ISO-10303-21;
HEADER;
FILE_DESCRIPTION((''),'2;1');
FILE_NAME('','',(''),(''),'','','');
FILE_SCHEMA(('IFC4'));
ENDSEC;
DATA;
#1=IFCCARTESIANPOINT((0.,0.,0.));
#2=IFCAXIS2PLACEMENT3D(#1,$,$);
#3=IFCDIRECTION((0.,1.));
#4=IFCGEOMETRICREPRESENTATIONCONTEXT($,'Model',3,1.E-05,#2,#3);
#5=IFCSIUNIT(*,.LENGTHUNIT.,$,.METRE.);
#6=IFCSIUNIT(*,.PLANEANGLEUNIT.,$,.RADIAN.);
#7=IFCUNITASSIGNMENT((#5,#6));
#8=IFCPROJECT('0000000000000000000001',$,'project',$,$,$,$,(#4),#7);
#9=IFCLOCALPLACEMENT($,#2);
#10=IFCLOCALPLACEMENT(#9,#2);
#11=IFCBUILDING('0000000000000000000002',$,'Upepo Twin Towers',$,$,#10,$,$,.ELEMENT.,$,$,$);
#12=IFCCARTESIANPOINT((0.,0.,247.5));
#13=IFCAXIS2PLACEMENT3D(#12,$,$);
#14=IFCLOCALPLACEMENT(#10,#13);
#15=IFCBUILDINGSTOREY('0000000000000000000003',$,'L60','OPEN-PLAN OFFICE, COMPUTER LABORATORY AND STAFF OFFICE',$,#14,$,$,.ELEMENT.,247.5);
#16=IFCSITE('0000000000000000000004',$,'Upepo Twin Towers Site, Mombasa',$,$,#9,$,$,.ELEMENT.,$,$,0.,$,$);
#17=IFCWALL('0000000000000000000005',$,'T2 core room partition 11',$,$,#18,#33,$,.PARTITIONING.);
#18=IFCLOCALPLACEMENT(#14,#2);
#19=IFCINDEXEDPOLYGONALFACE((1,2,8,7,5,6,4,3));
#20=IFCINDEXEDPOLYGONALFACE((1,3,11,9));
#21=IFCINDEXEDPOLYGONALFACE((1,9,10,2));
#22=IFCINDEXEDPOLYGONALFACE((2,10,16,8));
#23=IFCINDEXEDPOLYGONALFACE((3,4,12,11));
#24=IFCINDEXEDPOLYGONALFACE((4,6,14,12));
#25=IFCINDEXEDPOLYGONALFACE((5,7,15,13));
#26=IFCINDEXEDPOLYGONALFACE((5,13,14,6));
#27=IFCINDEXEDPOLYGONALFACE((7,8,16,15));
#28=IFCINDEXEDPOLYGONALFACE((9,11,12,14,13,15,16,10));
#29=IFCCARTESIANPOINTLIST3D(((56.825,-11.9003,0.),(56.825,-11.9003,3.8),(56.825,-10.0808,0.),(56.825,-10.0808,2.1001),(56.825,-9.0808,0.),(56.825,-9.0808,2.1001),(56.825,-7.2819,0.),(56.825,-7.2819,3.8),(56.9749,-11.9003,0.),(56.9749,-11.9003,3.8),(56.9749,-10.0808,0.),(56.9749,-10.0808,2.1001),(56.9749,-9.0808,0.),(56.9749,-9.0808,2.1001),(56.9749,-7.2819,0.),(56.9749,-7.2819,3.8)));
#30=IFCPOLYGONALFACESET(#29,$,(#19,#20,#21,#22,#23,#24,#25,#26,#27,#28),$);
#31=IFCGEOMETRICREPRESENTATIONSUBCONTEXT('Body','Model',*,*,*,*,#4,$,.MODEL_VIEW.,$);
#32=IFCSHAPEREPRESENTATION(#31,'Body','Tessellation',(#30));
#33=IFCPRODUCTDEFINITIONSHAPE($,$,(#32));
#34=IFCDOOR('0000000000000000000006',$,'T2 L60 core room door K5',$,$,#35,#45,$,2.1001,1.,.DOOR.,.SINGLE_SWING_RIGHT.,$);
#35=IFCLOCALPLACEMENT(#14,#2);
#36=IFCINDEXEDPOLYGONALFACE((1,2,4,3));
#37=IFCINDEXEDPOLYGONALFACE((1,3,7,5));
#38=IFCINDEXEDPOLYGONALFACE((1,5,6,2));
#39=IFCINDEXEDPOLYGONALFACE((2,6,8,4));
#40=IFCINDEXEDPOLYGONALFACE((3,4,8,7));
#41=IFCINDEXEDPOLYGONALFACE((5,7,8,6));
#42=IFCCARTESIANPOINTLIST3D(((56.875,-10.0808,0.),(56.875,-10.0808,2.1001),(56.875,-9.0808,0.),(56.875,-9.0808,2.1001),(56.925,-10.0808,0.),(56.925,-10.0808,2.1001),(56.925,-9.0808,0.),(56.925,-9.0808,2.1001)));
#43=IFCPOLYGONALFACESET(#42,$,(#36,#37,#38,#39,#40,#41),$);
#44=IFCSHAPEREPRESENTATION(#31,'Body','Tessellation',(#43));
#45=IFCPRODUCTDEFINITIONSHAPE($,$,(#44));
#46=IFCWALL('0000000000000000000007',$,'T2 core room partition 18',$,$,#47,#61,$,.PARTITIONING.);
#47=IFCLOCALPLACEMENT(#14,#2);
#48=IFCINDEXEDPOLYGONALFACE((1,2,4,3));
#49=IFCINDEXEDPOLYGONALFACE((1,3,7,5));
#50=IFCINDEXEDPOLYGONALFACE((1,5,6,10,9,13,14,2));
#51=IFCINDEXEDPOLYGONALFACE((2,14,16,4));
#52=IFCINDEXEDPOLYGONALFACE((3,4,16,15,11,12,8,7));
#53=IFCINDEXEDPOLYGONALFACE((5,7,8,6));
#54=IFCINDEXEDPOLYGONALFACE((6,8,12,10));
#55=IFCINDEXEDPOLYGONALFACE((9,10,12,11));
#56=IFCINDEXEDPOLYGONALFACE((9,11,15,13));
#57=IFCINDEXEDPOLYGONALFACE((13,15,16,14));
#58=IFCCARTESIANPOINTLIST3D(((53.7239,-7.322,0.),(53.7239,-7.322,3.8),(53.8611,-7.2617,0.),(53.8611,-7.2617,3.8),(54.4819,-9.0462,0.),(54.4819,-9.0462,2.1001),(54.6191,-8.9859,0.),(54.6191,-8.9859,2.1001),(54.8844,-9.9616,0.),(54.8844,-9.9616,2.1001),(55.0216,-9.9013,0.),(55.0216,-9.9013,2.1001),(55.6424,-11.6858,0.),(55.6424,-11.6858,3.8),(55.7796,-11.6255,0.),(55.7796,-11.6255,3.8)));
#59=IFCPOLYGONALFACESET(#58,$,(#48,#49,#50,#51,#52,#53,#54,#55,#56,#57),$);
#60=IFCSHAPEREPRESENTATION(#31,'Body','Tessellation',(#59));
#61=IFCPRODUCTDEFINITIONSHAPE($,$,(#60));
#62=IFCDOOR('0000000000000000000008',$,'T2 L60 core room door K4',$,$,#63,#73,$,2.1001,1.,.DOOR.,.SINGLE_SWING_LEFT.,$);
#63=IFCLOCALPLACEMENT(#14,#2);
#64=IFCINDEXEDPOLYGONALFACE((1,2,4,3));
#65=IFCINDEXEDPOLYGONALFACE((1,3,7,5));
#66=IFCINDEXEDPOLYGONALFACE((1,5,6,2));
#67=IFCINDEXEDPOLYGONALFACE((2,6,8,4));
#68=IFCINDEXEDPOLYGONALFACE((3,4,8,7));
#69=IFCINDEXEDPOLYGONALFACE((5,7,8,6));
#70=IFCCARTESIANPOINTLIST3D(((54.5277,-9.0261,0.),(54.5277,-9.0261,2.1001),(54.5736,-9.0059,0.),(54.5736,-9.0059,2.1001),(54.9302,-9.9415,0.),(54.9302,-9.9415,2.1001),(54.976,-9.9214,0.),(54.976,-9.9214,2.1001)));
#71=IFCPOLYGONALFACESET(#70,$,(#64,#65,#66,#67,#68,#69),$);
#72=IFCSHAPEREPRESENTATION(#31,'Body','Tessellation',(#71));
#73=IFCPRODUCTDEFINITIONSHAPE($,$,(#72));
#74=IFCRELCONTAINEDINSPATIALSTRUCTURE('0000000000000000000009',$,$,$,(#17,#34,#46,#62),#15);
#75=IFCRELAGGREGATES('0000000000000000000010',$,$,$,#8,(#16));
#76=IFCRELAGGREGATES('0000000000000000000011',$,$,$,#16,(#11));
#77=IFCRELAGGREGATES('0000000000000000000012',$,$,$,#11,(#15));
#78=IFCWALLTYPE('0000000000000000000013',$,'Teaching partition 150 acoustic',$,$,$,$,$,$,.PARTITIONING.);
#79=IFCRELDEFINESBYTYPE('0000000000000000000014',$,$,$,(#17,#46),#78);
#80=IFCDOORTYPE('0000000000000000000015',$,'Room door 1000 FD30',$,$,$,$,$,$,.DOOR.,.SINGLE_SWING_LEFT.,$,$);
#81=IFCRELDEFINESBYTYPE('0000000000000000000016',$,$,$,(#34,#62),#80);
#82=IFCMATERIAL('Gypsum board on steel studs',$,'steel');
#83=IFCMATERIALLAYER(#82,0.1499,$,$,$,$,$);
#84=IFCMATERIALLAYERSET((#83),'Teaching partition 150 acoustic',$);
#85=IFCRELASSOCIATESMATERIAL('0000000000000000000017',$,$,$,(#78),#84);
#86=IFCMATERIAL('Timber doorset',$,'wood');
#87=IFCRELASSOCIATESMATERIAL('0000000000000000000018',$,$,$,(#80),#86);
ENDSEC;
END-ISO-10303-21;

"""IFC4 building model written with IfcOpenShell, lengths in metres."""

from ifc_helpers import new_model, si_unit, direction, frame, frame_2d, origin, place, context, subcontext, project, spatial, rectangle, extrude, material, layer, layer_set, type_object, element, fill, save


model = new_model("IFC4")

# Units and contexts
model_context = context("Model", 3, precision=1e-05, world=origin(), true_north=direction((0.0, 1.0)))
body_context = subcontext(model_context, "Body", "Model", "MODEL_VIEW")
ifc_project = project(units=[si_unit("LENGTHUNIT", "METRE"), si_unit("PLANEANGLEUNIT", "RADIAN")], contexts=[model_context])

# Site, building, storey
site_placement = place(None, origin())
site = spatial("IfcSite", under=ifc_project, at=site_placement, Name="Upepo Twin Towers Site, Mombasa", CompositionType="ELEMENT", RefElevation=0.0)
building_placement = place(site_placement, origin())
building = spatial("IfcBuilding", under=site, at=building_placement, Name="Upepo Twin Towers", CompositionType="ELEMENT")
storey_placement = place(building_placement, frame((0.0, 0.0, 247.5)))
storey = spatial("IfcBuildingStorey", under=building, at=storey_placement, Name="L60", Description="OPEN-PLAN OFFICE, COMPUTER LABORATORY AND STAFF OFFICE", CompositionType="ELEMENT", Elevation=247.5)

# Shared definitions
ifc_material_1 = material(Name="Gypsum board on steel studs", Category="steel")
ifc_layer_1 = layer(ifc_material_1, 0.1499)
ifc_layer_set_1 = layer_set([ifc_layer_1], Name="Teaching partition 150 acoustic")
wall_type_1 = type_object("IfcWallType", Name="Teaching partition 150 acoustic", PredefinedType="PARTITIONING", material=ifc_layer_set_1)

# Walls, openings, doors
wall_1_placement = place(storey_placement, frame((56.8999, -11.9001, 0.0), z_axis=(0.0, 0.0, 1.0), x_axis=(0.0, 1.0, 0.0)))
wall_1 = element("IfcWall", 1, at=wall_1_placement, inside=storey, type_object=wall_type_1, Name="T2 core room partition 11", PredefinedType="PARTITIONING", context=body_context, shape_type="SweptSolid", body=[
    extrude(rectangle(XDim=4.6184, YDim=0.1499, at=frame_2d((2.3091, 0.0))), origin(), (0.0, 0.0, 1.0), 3.8),
])
opening_1_placement = place(wall_1_placement, frame((1.8193, 0.0, 0.0)))
opening_1 = element("IfcOpeningElement", 2, at=opening_1_placement, cuts=wall_1, PredefinedType="OPENING", context=body_context, shape_type="SweptSolid", body=[
    extrude(rectangle(XDim=1.0, YDim=2.1001, at=frame_2d((0.5, 1.05))), frame((0.0, 0.085, 0.0), z_axis=(0.0, -1.0, 0.0), x_axis=(1.0, 0.0, 0.0)), (0.0, 0.0, 1.0), 0.1699),
])
ifc_material_2 = material(Name="Timber doorset", Category="wood")
door_type_1 = type_object("IfcDoorType", Name="Room door 1000 FD30", OperationType="SINGLE_SWING_LEFT", PredefinedType="DOOR", material=ifc_material_2)
door_1_placement = place(opening_1_placement, origin())
door_1 = element("IfcDoor", 3, at=door_1_placement, inside=storey, type_object=door_type_1, Name="T2 L60 core room door K5", OperationType="SINGLE_SWING_RIGHT", OverallHeight=2.1001, OverallWidth=1.0, PredefinedType="DOOR", context=body_context, shape_type="SweptSolid", body=[
    extrude(rectangle(XDim=1.0, YDim=2.1001, at=frame_2d((0.5, 1.05))), frame((0.0, 0.0249, 0.0), z_axis=(0.0, -1.0, 0.0), x_axis=(1.0, 0.0, 0.0)), (0.0, 0.0, 1.0), 0.05),
])
fill(opening_1, door_1)
wall_2_placement = place(storey_placement, frame((55.7109, -11.6555, 0.0), z_axis=(0.0, 0.0, 1.0), x_axis=(-0.402457, 0.915439, 0.0)))
wall_2 = element("IfcWall", 4, at=wall_2_placement, inside=storey, type_object=wall_type_1, Name="T2 core room partition 18", PredefinedType="PARTITIONING", context=body_context, shape_type="SweptSolid", body=[
    extrude(rectangle(XDim=4.7668, YDim=0.1499, at=frame_2d((2.3833, 0.0))), origin(), (0.0, 0.0, 1.0), 3.8),
])
opening_2_placement = place(wall_2_placement, frame((1.8833, 0.0, 0.0)))
opening_2 = element("IfcOpeningElement", 5, at=opening_2_placement, cuts=wall_2, PredefinedType="OPENING", context=body_context, shape_type="SweptSolid", body=[
    extrude(rectangle(XDim=1.0, YDim=2.1001, at=frame_2d((0.5, 1.05))), frame((0.0, 0.085, 0.0), z_axis=(0.0, -1.0, 0.0), x_axis=(1.0, 0.0, 0.0)), (0.0, 0.0, 1.0), 0.1699),
])
door_2_placement = place(opening_2_placement, origin())
door_2 = element("IfcDoor", 6, at=door_2_placement, inside=storey, type_object=door_type_1, Name="T2 L60 core room door K4", OperationType="SINGLE_SWING_LEFT", OverallHeight=2.1001, OverallWidth=1.0, PredefinedType="DOOR", context=body_context, shape_type="SweptSolid", body=[
    extrude(rectangle(XDim=1.0, YDim=2.1001, at=frame_2d((0.5, 1.05))), frame((0.0, 0.0249, 0.0), z_axis=(0.0, -1.0, 0.0), x_axis=(1.0, 0.0, 0.0)), (0.0, 0.0, 1.0), 0.05),
])
fill(opening_2, door_2)

save(model, "model.ifc")
